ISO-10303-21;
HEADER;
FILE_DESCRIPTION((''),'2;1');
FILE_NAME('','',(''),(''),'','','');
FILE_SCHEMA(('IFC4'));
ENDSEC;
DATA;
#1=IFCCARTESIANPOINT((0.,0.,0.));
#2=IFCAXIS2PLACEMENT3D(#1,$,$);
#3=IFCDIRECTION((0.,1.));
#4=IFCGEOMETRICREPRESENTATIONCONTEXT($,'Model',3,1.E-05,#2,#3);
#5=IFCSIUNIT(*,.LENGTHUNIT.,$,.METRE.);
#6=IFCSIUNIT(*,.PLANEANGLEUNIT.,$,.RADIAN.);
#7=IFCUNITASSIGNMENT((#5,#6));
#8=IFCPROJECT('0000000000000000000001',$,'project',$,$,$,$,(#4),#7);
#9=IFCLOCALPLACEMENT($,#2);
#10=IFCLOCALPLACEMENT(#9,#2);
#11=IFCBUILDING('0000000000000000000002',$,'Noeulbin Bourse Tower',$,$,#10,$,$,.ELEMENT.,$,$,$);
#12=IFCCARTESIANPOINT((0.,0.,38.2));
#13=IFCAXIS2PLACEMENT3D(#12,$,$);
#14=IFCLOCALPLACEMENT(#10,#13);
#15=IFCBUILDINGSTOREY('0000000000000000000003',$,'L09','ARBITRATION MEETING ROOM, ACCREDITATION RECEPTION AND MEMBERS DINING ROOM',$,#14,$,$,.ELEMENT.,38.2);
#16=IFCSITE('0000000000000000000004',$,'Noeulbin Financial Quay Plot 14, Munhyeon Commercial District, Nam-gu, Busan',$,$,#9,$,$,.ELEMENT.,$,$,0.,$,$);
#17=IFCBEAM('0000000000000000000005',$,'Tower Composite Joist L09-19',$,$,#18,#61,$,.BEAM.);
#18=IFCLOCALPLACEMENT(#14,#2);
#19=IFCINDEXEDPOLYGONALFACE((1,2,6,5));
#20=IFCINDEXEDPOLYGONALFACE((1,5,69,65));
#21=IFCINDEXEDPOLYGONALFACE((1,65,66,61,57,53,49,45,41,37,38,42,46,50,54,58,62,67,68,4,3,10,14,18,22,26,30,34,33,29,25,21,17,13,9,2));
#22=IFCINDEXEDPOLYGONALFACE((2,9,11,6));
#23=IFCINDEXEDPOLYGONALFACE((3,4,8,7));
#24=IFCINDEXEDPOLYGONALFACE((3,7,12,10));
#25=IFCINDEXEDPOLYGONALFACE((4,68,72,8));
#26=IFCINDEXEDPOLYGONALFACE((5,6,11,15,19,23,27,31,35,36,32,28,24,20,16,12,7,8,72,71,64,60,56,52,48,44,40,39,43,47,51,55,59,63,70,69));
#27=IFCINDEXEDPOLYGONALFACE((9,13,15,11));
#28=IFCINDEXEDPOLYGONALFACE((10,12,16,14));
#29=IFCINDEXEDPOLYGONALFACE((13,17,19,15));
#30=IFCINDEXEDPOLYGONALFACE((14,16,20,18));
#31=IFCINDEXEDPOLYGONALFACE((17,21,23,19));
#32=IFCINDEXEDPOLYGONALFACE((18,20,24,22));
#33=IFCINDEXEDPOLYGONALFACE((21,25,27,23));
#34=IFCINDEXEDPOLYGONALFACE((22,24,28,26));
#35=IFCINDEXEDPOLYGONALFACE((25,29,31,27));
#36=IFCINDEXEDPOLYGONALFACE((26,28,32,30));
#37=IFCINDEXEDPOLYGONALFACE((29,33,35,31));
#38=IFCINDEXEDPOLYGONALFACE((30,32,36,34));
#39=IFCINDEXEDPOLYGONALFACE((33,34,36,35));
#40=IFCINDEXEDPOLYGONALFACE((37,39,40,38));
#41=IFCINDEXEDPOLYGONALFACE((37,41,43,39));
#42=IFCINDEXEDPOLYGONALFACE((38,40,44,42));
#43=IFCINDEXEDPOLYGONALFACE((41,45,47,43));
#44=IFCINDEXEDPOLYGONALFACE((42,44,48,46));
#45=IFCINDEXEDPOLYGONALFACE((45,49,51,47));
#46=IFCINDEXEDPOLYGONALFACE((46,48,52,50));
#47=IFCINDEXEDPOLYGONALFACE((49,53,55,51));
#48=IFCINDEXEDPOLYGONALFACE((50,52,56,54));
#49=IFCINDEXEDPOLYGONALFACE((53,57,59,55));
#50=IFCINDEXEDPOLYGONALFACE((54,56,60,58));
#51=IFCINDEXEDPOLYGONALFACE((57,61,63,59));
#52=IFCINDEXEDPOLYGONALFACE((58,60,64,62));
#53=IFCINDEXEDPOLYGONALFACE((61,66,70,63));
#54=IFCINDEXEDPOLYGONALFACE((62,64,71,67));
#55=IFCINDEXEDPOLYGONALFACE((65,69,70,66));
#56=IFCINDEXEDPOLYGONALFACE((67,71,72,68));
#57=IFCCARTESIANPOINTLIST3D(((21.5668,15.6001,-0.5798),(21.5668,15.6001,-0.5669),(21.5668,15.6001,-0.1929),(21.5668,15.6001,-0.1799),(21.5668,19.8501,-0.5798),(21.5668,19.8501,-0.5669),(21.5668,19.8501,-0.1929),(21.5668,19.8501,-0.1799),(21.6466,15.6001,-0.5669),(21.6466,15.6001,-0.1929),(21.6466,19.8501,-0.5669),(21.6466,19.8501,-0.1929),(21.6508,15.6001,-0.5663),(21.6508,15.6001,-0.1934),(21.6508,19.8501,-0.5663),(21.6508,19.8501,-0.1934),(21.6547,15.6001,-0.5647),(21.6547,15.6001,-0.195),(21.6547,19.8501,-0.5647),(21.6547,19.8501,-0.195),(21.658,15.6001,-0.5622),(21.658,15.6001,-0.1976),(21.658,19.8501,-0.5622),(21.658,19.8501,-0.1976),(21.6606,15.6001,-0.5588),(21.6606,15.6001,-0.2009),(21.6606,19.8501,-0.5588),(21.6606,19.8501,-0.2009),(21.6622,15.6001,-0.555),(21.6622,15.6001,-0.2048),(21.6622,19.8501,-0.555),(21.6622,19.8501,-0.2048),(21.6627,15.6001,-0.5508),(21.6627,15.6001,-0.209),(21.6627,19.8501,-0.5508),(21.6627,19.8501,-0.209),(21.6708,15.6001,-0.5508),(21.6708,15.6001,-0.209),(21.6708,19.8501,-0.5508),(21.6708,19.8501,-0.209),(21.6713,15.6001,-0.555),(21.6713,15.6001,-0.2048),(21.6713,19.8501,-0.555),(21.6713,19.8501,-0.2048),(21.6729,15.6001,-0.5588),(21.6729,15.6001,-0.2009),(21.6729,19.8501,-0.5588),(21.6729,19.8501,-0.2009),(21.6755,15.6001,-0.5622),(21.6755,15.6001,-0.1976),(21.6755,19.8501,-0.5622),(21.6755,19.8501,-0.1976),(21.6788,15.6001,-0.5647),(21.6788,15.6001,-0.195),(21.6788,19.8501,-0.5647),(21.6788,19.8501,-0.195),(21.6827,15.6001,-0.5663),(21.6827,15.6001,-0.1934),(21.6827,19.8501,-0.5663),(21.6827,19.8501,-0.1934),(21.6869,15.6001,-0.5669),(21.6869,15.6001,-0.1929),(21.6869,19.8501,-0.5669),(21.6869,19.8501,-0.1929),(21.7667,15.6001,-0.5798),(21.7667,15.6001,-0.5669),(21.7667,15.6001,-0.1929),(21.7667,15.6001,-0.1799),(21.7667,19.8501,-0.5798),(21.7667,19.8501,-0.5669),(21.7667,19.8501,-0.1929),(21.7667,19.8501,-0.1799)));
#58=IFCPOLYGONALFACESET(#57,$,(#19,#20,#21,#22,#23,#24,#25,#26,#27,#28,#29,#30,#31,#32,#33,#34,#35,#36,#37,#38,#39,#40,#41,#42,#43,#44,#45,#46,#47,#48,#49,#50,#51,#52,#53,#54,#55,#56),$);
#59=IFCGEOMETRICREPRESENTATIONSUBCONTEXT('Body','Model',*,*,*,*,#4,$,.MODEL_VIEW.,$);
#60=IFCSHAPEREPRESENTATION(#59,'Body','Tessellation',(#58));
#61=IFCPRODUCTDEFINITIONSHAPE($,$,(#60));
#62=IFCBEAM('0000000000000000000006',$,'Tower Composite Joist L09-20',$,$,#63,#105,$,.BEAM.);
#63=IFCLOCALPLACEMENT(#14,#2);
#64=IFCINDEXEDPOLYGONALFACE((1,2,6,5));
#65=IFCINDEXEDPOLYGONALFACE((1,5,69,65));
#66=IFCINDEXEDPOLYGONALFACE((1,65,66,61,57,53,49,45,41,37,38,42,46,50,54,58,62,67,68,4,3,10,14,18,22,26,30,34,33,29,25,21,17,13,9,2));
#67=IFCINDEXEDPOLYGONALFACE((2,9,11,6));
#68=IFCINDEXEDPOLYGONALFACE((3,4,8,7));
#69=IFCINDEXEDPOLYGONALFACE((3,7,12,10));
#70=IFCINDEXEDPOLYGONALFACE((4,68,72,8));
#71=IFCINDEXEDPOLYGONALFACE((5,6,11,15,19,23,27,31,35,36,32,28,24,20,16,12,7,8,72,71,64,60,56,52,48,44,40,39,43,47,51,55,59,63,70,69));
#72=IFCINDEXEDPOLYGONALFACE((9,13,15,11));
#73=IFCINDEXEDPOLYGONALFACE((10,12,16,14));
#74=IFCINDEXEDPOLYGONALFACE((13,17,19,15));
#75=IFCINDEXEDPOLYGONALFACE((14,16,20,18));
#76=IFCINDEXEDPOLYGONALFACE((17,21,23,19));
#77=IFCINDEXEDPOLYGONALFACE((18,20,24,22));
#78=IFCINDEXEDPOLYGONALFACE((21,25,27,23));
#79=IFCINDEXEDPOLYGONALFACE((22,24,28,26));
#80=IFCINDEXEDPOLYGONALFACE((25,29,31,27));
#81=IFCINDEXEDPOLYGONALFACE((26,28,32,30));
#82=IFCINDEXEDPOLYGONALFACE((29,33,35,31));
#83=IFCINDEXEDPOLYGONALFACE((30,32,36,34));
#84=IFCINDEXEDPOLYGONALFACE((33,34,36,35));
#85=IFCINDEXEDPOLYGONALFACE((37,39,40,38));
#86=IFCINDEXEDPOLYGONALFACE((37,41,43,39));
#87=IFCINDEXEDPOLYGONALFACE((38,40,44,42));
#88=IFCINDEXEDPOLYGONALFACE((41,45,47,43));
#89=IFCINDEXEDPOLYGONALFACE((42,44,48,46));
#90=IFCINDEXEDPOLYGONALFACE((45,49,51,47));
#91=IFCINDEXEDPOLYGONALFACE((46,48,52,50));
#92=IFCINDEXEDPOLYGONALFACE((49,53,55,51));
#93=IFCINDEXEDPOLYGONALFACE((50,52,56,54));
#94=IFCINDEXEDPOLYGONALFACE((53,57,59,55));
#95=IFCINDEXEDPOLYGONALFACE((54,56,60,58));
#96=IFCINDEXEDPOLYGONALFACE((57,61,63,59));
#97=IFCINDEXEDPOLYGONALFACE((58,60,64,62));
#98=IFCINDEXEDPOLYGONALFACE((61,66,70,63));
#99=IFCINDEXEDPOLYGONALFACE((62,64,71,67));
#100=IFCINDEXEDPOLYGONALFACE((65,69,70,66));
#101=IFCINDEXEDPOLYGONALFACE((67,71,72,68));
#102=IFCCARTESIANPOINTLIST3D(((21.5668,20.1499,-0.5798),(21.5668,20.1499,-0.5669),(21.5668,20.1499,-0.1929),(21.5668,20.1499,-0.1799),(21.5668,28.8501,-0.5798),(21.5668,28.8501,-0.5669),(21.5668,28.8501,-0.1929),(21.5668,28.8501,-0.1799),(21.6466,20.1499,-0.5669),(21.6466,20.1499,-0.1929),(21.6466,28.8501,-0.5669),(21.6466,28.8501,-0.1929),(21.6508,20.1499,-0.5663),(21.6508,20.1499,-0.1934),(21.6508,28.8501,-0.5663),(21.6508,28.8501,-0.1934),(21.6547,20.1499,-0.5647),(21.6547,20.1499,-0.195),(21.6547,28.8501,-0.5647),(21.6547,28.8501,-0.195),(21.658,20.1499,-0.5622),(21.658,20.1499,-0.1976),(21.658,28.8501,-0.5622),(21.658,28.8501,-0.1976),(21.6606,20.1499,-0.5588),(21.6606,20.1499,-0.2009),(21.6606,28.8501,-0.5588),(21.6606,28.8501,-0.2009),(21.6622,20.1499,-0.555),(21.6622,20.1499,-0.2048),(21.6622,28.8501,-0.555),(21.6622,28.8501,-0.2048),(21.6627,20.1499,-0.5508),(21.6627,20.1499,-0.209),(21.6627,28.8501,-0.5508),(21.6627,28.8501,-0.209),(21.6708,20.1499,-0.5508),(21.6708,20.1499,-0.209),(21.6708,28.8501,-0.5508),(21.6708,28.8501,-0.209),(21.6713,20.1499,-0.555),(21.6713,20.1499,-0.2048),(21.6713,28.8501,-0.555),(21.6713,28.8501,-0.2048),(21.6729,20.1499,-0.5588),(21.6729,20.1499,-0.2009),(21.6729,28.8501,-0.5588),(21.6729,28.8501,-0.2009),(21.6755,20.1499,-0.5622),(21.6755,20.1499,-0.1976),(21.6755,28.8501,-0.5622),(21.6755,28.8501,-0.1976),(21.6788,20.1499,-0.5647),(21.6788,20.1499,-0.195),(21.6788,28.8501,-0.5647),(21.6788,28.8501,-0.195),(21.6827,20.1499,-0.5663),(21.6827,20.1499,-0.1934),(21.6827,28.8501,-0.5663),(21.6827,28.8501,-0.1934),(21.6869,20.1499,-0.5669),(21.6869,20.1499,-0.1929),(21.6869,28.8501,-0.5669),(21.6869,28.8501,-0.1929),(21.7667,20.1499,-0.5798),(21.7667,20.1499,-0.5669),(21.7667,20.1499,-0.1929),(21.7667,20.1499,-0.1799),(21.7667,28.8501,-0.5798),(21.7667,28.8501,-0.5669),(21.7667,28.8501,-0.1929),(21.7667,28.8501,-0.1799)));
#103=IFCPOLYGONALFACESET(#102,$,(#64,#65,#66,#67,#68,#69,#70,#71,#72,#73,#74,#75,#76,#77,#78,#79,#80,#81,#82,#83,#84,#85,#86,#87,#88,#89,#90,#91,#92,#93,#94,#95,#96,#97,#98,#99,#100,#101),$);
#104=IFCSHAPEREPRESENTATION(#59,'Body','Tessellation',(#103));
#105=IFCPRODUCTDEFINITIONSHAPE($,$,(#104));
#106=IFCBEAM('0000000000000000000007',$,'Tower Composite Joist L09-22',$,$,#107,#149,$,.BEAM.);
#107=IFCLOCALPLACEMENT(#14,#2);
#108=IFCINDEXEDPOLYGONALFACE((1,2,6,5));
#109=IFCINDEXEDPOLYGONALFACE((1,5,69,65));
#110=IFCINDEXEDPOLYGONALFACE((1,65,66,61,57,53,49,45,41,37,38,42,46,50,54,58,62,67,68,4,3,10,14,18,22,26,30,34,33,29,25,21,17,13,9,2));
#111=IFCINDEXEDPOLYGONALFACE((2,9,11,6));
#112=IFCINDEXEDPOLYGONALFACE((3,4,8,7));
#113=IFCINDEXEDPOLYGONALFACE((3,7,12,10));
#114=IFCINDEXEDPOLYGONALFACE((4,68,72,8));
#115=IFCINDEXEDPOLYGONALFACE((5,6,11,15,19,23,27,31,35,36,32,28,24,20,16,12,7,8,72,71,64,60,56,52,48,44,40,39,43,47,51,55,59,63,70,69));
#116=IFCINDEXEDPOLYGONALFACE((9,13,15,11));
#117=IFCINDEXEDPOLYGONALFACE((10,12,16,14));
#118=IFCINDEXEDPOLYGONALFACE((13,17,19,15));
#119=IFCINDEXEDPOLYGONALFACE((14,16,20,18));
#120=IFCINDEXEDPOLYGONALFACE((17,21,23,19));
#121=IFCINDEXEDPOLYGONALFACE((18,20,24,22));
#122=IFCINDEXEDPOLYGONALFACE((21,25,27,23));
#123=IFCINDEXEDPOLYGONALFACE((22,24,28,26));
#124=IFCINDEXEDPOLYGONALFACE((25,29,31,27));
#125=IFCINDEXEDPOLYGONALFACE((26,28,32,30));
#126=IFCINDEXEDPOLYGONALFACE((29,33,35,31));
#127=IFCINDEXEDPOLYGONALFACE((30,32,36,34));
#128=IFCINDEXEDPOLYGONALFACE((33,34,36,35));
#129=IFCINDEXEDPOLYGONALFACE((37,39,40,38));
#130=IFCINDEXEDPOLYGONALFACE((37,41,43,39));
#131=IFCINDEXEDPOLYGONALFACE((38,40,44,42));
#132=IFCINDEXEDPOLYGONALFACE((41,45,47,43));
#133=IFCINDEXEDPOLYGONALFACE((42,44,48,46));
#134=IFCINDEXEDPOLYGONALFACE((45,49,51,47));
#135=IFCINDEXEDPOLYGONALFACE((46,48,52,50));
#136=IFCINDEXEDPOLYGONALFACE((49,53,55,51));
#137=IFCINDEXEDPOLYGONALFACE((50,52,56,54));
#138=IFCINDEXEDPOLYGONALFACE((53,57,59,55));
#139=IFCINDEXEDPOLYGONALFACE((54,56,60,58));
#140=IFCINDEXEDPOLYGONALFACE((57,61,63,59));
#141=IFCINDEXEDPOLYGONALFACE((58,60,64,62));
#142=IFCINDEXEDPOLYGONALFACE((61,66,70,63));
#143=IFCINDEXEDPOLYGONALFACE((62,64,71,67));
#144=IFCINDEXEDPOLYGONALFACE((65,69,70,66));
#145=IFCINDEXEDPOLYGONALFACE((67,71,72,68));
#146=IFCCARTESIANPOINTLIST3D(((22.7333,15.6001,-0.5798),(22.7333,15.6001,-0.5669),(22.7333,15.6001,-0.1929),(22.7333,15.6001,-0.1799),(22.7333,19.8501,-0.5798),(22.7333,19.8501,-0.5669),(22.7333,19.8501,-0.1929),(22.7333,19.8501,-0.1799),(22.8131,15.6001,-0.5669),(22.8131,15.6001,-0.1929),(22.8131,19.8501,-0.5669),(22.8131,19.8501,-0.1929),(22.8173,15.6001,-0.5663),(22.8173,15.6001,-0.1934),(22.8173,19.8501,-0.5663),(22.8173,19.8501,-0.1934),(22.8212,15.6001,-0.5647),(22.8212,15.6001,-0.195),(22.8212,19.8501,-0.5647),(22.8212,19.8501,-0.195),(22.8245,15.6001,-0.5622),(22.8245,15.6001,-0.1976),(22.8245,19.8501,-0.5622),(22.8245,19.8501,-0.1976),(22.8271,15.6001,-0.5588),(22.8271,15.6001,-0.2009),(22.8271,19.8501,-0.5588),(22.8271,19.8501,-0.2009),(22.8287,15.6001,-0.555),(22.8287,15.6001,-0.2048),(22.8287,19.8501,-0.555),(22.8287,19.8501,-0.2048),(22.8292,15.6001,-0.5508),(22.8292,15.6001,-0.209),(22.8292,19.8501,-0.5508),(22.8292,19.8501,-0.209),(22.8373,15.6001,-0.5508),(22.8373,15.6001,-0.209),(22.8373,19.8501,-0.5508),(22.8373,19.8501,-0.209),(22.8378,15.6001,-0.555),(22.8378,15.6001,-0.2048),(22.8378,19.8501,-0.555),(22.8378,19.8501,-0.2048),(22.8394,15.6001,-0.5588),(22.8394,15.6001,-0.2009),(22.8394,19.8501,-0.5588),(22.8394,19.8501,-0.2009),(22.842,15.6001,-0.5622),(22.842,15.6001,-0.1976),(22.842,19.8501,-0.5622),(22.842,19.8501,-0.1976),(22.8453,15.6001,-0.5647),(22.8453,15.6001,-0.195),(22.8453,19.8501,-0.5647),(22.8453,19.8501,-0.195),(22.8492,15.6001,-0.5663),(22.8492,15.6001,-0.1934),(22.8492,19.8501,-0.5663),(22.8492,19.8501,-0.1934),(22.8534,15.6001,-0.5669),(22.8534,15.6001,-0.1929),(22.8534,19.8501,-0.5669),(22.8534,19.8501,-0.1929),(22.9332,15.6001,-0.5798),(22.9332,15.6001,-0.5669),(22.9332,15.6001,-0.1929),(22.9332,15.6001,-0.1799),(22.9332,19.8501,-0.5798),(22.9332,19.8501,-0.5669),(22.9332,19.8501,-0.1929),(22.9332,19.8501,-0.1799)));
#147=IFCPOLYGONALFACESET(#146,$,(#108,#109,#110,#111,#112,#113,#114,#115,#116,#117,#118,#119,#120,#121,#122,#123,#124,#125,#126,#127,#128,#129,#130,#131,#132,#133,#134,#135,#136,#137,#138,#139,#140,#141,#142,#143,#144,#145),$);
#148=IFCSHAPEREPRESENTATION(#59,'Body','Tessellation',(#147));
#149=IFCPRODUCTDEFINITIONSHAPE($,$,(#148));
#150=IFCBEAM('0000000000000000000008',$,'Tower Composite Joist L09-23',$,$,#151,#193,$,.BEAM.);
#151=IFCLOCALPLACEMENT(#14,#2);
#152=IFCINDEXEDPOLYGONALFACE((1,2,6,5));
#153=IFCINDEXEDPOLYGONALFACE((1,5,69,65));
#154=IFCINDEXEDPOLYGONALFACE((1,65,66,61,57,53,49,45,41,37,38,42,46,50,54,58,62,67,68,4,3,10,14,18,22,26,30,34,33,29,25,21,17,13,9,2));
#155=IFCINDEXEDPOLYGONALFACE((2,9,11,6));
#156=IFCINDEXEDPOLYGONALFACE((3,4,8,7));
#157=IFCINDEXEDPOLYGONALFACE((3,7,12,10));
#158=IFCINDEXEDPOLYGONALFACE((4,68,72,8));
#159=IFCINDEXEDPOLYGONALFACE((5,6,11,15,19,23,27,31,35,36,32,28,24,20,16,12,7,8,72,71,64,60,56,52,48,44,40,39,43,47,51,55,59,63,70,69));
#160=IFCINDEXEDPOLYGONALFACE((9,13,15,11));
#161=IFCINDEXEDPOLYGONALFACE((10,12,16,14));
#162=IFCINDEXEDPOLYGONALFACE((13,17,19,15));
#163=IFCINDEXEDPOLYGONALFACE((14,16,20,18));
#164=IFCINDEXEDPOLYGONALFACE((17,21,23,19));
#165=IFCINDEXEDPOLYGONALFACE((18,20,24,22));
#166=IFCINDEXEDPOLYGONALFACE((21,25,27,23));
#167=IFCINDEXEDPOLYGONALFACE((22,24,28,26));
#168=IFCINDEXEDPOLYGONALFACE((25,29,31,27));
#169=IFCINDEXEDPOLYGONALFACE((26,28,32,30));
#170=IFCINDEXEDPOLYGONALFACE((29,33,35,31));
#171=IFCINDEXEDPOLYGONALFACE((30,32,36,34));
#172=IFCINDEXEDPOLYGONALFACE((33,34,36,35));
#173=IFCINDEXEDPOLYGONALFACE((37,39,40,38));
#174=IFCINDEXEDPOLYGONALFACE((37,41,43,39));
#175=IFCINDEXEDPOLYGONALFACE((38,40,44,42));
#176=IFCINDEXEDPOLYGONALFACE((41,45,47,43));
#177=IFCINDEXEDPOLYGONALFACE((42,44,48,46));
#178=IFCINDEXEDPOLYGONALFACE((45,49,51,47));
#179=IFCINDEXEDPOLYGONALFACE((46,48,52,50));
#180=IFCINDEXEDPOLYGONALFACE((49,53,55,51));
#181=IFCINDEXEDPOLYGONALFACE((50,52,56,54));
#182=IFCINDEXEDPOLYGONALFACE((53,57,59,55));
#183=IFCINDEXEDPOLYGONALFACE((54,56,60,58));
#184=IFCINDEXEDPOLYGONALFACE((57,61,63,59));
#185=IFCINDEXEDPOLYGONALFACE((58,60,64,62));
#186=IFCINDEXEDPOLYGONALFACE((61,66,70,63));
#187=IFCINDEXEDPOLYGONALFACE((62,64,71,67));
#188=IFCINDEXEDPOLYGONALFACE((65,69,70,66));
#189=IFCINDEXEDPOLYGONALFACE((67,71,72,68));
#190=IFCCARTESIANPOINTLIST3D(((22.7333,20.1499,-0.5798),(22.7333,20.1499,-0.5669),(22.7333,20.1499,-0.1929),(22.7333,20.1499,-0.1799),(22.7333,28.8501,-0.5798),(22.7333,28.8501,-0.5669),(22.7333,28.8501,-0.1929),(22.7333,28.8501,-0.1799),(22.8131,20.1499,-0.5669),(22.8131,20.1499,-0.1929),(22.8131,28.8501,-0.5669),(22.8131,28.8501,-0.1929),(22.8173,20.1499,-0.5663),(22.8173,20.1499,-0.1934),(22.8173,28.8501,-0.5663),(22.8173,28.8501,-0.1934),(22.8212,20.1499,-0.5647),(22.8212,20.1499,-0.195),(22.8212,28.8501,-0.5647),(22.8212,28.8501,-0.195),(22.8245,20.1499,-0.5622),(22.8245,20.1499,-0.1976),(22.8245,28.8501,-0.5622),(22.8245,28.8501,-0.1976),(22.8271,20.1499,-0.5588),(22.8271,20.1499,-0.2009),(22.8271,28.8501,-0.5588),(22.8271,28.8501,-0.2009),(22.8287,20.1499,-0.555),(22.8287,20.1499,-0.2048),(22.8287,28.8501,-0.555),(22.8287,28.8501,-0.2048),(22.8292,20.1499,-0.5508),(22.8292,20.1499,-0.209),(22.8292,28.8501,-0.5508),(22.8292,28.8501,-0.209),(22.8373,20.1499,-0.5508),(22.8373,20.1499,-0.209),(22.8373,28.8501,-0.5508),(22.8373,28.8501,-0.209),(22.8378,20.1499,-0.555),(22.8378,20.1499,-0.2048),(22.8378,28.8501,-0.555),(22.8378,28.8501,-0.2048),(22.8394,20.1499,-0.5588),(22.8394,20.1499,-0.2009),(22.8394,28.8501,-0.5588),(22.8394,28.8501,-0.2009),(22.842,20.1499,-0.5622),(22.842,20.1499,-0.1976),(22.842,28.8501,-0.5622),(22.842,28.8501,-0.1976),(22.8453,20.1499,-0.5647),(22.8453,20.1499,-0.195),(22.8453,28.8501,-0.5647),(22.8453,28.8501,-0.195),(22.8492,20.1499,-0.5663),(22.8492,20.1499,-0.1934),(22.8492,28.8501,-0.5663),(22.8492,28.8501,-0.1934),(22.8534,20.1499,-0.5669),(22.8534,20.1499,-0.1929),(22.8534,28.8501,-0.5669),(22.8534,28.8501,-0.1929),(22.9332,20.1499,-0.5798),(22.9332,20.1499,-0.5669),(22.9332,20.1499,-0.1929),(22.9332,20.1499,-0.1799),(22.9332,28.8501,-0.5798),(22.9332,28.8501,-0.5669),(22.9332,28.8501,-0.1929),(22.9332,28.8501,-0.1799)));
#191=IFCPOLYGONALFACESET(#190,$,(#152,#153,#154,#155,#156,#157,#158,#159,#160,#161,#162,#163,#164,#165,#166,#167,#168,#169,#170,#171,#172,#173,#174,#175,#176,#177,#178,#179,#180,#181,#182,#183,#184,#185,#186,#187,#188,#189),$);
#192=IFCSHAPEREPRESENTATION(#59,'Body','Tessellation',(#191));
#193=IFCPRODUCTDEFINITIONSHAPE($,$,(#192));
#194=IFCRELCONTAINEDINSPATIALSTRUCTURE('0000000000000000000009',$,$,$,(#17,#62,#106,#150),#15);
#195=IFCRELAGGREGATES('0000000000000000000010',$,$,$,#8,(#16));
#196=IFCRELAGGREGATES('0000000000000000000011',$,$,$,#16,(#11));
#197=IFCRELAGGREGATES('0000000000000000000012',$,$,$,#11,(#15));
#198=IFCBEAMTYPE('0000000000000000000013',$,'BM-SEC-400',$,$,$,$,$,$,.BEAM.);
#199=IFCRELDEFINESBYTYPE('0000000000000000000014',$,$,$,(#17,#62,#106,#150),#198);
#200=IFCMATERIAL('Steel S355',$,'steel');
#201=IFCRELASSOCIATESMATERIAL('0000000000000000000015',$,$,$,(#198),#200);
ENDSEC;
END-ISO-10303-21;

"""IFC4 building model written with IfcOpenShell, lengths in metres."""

from ifc_helpers import new_model, si_unit, direction, frame, origin, origin_2d, place, context, subcontext, project, spatial, i_section, extrude, material, material_profile, profile_set, type_object, element, save


model = new_model("IFC4")

# Units and contexts
model_context = context("Model", 3, precision=1e-05, world=origin(), true_north=direction((0.0, 1.0)))
body_context = subcontext(model_context, "Body", "Model", "MODEL_VIEW")
ifc_project = project(units=[si_unit("LENGTHUNIT", "METRE"), si_unit("PLANEANGLEUNIT", "RADIAN")], contexts=[model_context])

# Site, building, storey
site_placement = place(None, origin())
site = spatial("IfcSite", under=ifc_project, at=site_placement, Name="Noeulbin Financial Quay Plot 14, Munhyeon Commercial District, Nam-gu, Busan", CompositionType="ELEMENT", RefElevation=0.0)
building_placement = place(site_placement, origin())
building = spatial("IfcBuilding", under=site, at=building_placement, Name="Noeulbin Bourse Tower", CompositionType="ELEMENT")
storey_placement = place(building_placement, frame((0.0, 0.0, 38.2)))
storey = spatial("IfcBuildingStorey", under=building, at=storey_placement, Name="L09", Description="ARBITRATION MEETING ROOM, ACCREDITATION RECEPTION AND MEMBERS DINING ROOM", CompositionType="ELEMENT", Elevation=38.2)

# Beams
ifc_material_1 = material(Name="Steel S355", Category="steel")
ifc_material_profile_1 = material_profile(ifc_material_1, i_section(OverallWidth=0.2, OverallDepth=0.3999, WebThickness=0.0081, FlangeThickness=0.0129, FilletRadius=0.0161, at=origin_2d()), Name="H-400x200x8x13", Category="LoadBearing")
ifc_profile_set_1 = profile_set([ifc_material_profile_1], Name="Steel S355")
beam_type = type_object("IfcBeamType", Name="BM-SEC-400", PredefinedType="BEAM", material=ifc_profile_set_1)
beam_1_placement = place(storey_placement, frame((21.6667, 15.6001, -0.3799), z_axis=(0.0, 1.0, 0.0), x_axis=(-1.0, 0.0, 0.0)))
element("IfcBeam", 1, at=beam_1_placement, inside=storey, type_object=beam_type, Name="Tower Composite Joist L09-19", PredefinedType="BEAM", context=body_context, shape_type="SweptSolid", body=[
    extrude(i_section(OverallWidth=0.2, OverallDepth=0.3999, WebThickness=0.0081, FlangeThickness=0.0129, FilletRadius=0.0161, at=origin_2d()), origin(), (0.0, 0.0, 1.0), 4.25),
])
beam_2_placement = place(storey_placement, frame((21.6667, 20.1499, -0.3799), z_axis=(0.0, 1.0, 0.0), x_axis=(-1.0, 0.0, 0.0)))
element("IfcBeam", 2, at=beam_2_placement, inside=storey, type_object=beam_type, Name="Tower Composite Joist L09-20", PredefinedType="BEAM", context=body_context, shape_type="SweptSolid", body=[
    extrude(i_section(OverallWidth=0.2, OverallDepth=0.3999, WebThickness=0.0081, FlangeThickness=0.0129, FilletRadius=0.0161, at=origin_2d()), origin(), (0.0, 0.0, 1.0), 8.7002),
])
beam_3_placement = place(storey_placement, frame((22.8333, 15.6001, -0.3799), z_axis=(0.0, 1.0, 0.0), x_axis=(-1.0, 0.0, 0.0)))
element("IfcBeam", 3, at=beam_3_placement, inside=storey, type_object=beam_type, Name="Tower Composite Joist L09-22", PredefinedType="BEAM", context=body_context, shape_type="SweptSolid", body=[
    extrude(i_section(OverallWidth=0.2, OverallDepth=0.3999, WebThickness=0.0081, FlangeThickness=0.0129, FilletRadius=0.0161, at=origin_2d()), origin(), (0.0, 0.0, 1.0), 4.25),
])
beam_4_placement = place(storey_placement, frame((22.8333, 20.1499, -0.3799), z_axis=(0.0, 1.0, 0.0), x_axis=(-1.0, 0.0, 0.0)))
element("IfcBeam", 4, at=beam_4_placement, inside=storey, type_object=beam_type, Name="Tower Composite Joist L09-23", PredefinedType="BEAM", context=body_context, shape_type="SweptSolid", body=[
    extrude(i_section(OverallWidth=0.2, OverallDepth=0.3999, WebThickness=0.0081, FlangeThickness=0.0129, FilletRadius=0.0161, at=origin_2d()), origin(), (0.0, 0.0, 1.0), 8.7002),
])

save(model, "model.ifc")
